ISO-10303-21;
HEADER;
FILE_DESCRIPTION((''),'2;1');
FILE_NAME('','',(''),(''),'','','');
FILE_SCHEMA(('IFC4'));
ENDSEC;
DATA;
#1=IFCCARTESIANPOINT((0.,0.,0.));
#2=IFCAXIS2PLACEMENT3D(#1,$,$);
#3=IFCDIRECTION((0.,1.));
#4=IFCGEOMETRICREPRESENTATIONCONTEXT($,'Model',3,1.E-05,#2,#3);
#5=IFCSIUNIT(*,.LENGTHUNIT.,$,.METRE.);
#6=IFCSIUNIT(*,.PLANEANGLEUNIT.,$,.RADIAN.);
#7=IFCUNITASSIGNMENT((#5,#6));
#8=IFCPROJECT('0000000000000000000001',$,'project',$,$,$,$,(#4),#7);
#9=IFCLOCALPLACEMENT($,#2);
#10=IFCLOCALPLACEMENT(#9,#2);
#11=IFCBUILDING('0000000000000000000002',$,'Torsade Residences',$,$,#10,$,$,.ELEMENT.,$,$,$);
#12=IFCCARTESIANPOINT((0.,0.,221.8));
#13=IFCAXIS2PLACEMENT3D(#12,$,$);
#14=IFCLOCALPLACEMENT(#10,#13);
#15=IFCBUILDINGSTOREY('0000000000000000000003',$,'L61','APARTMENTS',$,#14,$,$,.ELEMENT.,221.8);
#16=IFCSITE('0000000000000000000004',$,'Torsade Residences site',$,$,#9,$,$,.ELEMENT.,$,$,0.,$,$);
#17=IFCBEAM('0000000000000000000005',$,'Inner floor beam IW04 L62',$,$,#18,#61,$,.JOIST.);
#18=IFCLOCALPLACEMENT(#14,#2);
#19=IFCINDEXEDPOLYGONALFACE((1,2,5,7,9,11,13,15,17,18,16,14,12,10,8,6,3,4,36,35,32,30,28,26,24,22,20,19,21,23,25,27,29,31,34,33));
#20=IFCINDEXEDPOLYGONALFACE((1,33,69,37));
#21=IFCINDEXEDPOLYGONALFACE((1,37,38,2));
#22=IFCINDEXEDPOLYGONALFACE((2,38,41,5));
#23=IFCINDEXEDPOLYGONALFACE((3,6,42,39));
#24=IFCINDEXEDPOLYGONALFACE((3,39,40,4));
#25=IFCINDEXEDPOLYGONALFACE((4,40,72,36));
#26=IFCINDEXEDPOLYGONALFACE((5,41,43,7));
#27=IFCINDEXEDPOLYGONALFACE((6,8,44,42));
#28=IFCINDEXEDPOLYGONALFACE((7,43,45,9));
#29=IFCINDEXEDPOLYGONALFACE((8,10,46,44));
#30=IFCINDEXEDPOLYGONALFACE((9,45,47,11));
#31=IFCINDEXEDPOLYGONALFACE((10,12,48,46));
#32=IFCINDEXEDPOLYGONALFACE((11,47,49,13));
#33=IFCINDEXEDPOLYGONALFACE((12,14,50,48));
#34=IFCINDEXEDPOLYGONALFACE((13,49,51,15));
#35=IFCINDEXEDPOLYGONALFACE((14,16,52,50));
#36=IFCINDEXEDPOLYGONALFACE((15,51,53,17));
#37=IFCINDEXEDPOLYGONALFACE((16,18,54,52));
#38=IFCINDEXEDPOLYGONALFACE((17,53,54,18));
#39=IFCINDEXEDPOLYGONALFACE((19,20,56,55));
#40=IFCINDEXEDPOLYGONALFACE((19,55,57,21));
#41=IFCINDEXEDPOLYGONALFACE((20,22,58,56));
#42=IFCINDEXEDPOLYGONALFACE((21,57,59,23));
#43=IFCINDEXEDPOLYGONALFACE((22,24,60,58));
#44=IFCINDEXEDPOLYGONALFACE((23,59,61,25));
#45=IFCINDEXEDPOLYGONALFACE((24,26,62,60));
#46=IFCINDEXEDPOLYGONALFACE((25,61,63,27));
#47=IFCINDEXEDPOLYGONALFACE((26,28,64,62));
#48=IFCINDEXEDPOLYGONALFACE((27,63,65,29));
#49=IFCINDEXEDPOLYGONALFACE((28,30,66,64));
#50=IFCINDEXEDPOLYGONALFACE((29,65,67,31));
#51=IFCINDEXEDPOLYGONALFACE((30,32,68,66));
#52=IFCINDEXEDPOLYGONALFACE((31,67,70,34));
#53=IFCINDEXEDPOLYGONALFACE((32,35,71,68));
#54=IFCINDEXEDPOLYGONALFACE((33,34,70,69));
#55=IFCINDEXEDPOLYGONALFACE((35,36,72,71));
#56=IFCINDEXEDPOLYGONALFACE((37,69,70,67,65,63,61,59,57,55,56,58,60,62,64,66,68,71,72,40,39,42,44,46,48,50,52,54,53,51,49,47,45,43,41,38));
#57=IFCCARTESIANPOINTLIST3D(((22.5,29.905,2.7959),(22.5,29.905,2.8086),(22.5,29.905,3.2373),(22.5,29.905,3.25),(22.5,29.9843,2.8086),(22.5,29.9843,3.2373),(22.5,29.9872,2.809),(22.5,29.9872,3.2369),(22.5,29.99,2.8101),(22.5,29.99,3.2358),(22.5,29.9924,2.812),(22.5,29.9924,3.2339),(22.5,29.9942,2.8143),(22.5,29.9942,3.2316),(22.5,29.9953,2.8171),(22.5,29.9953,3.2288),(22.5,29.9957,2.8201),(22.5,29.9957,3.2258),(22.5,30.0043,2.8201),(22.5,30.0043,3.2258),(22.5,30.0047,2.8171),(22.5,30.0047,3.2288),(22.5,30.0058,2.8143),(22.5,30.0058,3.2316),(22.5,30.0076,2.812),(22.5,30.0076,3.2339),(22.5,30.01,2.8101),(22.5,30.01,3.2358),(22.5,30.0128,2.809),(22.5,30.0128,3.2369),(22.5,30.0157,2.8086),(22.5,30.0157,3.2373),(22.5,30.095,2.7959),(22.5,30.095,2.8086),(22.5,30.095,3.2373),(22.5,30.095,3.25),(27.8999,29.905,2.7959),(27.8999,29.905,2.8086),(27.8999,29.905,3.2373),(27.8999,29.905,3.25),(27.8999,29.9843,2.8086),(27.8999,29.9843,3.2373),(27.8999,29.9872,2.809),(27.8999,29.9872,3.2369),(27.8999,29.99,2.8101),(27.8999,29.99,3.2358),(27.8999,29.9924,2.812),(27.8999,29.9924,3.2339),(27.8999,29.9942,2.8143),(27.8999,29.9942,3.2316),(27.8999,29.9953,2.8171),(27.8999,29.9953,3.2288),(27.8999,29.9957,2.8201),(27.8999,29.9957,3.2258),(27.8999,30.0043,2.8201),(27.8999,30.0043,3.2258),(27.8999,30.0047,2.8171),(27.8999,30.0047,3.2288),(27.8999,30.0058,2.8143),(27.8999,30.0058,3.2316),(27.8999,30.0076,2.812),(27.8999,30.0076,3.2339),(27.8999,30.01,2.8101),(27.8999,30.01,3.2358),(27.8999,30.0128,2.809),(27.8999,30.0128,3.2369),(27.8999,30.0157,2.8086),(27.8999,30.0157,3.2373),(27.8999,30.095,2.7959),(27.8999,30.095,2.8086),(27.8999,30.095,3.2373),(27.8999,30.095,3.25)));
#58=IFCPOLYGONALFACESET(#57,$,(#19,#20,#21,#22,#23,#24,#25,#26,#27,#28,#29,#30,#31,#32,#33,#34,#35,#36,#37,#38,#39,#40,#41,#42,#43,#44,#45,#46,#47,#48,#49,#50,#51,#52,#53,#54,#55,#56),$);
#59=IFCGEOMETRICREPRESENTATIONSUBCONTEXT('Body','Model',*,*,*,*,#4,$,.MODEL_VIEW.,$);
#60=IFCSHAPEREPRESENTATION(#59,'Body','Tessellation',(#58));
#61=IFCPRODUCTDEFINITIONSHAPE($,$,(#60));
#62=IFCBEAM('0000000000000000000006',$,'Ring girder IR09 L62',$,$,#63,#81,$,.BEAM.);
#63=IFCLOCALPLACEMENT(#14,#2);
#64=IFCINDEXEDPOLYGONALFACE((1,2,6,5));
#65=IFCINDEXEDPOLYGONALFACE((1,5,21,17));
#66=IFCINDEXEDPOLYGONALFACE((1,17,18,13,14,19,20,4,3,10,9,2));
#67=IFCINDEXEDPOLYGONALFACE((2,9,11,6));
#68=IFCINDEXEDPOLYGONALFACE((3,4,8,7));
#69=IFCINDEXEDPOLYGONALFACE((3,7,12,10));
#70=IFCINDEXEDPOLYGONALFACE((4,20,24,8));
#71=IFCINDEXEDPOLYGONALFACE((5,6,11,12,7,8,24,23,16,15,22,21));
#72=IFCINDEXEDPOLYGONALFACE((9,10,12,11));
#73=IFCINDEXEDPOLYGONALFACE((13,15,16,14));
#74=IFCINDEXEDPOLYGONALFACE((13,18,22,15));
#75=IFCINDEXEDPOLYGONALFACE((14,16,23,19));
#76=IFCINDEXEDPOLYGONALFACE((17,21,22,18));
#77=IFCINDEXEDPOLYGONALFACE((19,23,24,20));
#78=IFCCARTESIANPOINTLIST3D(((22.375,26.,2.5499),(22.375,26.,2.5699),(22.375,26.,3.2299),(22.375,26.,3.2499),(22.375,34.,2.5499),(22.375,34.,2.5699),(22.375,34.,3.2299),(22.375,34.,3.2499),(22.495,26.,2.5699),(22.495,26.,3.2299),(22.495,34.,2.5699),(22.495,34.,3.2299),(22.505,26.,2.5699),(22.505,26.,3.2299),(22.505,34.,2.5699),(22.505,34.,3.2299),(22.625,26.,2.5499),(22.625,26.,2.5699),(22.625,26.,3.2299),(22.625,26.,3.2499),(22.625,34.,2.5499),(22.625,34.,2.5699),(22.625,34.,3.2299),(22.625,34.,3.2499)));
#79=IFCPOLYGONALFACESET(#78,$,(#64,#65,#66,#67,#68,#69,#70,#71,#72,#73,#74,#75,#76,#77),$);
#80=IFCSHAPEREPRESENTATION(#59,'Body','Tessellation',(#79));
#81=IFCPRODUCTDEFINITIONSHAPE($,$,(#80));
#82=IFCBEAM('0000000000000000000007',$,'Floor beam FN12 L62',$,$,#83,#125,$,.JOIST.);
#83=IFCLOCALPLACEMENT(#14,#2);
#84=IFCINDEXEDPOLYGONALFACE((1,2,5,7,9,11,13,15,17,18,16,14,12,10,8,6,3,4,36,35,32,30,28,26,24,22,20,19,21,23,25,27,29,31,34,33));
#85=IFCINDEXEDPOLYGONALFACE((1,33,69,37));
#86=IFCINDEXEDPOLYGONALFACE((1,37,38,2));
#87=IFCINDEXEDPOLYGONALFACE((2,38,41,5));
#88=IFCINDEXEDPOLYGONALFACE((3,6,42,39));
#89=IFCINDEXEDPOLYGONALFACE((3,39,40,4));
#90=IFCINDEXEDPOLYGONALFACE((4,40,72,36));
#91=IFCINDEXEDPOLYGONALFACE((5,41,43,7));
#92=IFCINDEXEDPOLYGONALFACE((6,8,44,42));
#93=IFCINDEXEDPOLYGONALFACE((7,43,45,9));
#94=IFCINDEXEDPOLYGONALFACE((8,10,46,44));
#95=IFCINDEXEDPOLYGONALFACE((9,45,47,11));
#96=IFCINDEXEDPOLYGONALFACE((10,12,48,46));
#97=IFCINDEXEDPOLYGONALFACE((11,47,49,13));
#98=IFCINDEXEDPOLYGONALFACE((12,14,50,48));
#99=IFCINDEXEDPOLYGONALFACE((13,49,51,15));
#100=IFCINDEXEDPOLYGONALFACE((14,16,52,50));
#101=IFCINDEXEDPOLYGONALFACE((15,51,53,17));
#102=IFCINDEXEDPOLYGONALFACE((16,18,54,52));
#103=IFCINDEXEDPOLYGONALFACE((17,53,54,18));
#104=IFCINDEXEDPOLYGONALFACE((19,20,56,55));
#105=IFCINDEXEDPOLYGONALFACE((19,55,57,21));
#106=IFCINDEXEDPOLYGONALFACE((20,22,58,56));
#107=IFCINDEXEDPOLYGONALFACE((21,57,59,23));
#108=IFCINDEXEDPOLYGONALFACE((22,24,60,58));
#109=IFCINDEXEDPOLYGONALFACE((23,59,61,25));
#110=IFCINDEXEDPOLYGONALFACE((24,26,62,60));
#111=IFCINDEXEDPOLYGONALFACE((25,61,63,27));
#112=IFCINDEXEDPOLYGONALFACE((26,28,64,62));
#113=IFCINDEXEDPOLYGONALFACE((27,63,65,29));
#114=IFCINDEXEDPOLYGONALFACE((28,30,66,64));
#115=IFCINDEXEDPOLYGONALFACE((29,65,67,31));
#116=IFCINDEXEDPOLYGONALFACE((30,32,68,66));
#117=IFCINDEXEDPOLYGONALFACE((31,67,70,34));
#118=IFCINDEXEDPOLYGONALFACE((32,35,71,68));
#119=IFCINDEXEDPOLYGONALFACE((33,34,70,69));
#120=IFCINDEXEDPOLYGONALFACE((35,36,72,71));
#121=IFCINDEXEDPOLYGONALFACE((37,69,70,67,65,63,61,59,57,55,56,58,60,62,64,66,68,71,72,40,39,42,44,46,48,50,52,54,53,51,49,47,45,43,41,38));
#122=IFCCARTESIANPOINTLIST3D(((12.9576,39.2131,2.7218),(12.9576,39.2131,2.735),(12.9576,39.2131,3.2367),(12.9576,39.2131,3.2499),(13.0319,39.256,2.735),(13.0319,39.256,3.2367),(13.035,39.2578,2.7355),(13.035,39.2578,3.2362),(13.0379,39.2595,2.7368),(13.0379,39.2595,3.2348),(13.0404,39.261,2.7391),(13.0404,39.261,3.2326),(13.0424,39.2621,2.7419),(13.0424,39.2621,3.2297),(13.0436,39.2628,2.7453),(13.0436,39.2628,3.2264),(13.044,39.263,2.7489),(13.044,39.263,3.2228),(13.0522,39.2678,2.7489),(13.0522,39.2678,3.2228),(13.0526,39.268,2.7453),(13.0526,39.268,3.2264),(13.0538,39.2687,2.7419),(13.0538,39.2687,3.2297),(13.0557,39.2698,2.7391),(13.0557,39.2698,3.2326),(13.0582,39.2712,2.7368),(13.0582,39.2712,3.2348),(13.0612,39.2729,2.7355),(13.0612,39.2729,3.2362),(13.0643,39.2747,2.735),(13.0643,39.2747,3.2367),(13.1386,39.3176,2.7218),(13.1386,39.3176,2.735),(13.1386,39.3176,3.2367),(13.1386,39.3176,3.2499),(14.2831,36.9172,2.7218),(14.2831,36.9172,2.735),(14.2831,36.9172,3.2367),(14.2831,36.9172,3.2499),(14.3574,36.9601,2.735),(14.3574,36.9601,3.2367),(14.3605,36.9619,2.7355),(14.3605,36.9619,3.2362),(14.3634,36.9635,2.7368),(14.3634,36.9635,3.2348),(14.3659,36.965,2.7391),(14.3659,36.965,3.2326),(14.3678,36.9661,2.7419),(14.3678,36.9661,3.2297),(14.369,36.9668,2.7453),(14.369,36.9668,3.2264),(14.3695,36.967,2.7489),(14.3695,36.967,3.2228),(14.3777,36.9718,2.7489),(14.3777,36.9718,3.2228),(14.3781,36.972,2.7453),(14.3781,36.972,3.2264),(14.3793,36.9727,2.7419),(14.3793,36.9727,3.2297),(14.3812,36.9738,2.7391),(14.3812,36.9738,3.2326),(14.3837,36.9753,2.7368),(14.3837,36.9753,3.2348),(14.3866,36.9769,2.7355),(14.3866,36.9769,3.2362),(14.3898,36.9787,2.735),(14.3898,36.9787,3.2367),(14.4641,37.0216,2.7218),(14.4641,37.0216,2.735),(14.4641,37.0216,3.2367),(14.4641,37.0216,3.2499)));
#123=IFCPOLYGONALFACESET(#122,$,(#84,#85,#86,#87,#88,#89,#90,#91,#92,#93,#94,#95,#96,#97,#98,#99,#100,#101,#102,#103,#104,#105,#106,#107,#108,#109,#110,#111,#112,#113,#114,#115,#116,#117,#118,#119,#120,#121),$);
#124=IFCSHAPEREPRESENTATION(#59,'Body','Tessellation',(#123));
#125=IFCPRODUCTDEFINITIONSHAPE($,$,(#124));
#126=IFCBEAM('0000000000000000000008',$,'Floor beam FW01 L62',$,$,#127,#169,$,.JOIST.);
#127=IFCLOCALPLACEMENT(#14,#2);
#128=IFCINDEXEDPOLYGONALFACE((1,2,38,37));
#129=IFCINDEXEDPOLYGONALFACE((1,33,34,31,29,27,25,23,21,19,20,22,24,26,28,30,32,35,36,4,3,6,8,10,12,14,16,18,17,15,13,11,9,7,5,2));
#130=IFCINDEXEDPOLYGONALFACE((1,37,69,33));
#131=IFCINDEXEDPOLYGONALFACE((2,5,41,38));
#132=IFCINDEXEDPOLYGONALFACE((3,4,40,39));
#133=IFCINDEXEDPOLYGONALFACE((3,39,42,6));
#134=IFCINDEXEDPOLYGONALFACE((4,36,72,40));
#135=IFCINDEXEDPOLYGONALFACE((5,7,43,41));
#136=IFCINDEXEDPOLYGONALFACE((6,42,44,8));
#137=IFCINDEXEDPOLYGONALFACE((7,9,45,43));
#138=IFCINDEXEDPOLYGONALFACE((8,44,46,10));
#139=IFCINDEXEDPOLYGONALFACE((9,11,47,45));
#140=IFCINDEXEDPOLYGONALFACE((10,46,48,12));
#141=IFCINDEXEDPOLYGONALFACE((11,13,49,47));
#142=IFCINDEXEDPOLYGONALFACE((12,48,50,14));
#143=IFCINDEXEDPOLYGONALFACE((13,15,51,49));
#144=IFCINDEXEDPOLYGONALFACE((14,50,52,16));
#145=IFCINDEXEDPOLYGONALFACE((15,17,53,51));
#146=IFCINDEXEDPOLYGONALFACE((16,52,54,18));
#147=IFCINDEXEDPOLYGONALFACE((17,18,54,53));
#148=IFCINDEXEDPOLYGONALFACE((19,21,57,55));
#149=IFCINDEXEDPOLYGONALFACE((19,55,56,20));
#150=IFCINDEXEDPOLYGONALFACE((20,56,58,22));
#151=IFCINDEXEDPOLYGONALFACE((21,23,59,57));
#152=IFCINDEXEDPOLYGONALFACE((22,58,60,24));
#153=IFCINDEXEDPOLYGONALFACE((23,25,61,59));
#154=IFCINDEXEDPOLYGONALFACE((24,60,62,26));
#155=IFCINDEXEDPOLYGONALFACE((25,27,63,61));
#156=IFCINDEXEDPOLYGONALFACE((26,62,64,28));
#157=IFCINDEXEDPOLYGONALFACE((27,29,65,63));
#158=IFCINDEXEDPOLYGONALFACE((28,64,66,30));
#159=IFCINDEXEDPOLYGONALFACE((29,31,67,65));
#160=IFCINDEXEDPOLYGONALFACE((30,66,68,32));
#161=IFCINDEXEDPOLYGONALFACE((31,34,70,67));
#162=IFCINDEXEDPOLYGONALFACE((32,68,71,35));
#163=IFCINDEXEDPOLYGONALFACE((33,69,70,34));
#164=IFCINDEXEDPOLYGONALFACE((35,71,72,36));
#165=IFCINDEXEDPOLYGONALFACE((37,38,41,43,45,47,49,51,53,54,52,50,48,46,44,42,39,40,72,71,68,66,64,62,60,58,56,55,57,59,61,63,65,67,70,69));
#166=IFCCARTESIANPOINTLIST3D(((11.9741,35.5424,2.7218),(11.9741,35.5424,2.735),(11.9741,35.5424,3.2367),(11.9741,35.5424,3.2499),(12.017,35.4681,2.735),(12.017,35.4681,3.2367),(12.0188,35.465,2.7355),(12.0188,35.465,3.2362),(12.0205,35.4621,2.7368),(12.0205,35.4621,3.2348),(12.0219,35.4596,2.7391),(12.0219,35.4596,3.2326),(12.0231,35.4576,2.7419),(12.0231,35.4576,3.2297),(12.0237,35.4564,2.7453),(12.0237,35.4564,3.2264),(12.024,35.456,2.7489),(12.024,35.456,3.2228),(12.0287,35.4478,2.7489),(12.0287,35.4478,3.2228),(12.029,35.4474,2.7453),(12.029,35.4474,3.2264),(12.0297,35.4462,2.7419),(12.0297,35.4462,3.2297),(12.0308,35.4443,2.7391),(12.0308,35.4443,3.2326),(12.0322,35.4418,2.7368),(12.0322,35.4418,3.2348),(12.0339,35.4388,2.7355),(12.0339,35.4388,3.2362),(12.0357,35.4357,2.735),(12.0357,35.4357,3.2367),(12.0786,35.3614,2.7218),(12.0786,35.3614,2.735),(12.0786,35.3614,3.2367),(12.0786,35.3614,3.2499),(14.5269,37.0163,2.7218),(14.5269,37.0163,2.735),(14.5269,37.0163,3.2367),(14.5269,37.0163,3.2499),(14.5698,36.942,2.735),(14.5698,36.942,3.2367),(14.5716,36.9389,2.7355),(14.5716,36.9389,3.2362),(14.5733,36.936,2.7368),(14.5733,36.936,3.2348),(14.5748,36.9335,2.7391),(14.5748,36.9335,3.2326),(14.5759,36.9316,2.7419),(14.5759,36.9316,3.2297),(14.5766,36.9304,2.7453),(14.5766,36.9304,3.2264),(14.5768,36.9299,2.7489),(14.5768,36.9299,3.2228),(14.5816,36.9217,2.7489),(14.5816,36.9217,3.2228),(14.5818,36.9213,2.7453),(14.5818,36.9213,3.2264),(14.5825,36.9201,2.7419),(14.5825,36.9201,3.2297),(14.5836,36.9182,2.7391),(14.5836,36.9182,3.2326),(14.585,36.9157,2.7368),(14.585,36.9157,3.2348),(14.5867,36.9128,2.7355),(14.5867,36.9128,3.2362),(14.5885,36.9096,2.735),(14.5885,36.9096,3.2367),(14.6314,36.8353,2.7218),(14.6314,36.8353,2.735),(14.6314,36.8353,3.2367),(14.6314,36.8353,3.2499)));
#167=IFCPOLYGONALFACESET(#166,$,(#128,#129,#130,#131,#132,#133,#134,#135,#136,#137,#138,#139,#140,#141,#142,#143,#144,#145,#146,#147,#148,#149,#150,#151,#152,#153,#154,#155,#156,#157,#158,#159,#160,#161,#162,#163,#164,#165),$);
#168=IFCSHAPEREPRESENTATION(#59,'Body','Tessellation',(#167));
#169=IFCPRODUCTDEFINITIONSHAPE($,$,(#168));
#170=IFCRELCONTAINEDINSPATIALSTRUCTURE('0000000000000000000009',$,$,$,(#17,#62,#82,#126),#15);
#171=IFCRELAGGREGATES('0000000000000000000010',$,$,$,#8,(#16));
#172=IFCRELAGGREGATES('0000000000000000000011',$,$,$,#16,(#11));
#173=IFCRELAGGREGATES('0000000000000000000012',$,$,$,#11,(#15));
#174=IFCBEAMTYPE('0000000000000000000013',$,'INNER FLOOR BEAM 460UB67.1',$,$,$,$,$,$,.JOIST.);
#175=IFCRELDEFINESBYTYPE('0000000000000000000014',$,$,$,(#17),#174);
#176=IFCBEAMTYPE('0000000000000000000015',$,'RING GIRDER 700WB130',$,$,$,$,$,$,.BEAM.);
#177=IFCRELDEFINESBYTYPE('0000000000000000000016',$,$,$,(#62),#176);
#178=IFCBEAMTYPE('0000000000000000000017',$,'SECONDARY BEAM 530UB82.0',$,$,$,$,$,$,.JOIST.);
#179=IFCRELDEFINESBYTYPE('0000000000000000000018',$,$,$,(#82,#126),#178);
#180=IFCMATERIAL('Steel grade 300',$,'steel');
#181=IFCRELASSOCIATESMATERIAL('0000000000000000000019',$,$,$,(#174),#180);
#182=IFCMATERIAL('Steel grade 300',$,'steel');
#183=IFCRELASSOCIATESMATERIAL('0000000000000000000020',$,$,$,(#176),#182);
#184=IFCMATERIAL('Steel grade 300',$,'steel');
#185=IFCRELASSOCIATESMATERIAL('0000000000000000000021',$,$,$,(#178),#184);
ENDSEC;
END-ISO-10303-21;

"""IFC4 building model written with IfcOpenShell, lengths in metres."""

from ifc_helpers import new_model, si_unit, direction, frame, origin, origin_2d, place, context, subcontext, project, spatial, i_section, extrude, material, material_profile, profile_set, type_object, element, save


model = new_model("IFC4")

# Units and contexts
model_context = context("Model", 3, precision=1e-05, world=origin(), true_north=direction((0.0, 1.0)))
body_context = subcontext(model_context, "Body", "Model", "MODEL_VIEW")
ifc_project = project(units=[si_unit("LENGTHUNIT", "METRE"), si_unit("PLANEANGLEUNIT", "RADIAN")], contexts=[model_context])

# Site, building, storey
site_placement = place(None, origin())
site = spatial("IfcSite", under=ifc_project, at=site_placement, Name="Torsade Residences site", CompositionType="ELEMENT", RefElevation=0.0)
building_placement = place(site_placement, origin())
building = spatial("IfcBuilding", under=site, at=building_placement, Name="Torsade Residences", CompositionType="ELEMENT")
storey_placement = place(building_placement, frame((0.0, 0.0, 221.8)))
storey = spatial("IfcBuildingStorey", under=building, at=storey_placement, Name="L61", Description="APARTMENTS", CompositionType="ELEMENT", Elevation=221.8)

# Beams
ifc_material_1 = material(Name="Steel grade 300", Category="steel")
ifc_material_profile_1 = material_profile(ifc_material_1, i_section(OverallWidth=0.1899, OverallDepth=0.4541, WebThickness=0.0085, FlangeThickness=0.0127, FilletRadius=0.0115, at=origin_2d()), Name="460UB67.1")
ifc_profile_set_1 = profile_set([ifc_material_profile_1], Name="Steel grade 300")
beam_type_1 = type_object("IfcBeamType", Name="INNER FLOOR BEAM 460UB67.1", PredefinedType="JOIST", material=ifc_profile_set_1)
for number, where, z_axis, x_axis, name in (
    (1, (27.8999, 30.0, 3.0229), (-1.0, 0.0, 0.0), (0.0, -1.0, 0.0), "Inner floor beam IW04 L62"),
):
    element("IfcBeam", number, at=place(storey_placement, frame(where, z_axis=z_axis, x_axis=x_axis)), inside=storey, type_object=beam_type_1, Name=name, PredefinedType="JOIST", context=body_context, shape_type="SweptSolid", body=[
        extrude(i_section(OverallWidth=0.1899, OverallDepth=0.4541, WebThickness=0.0085, FlangeThickness=0.0127, FilletRadius=0.0115, at=origin_2d()), origin(), (0.0, 0.0, 1.0), 5.3999),
    ])
ifc_material_2 = material(Name="Steel grade 300", Category="steel")
ifc_material_profile_2 = material_profile(ifc_material_2, i_section(OverallWidth=0.25, OverallDepth=0.7, WebThickness=0.01, FlangeThickness=0.02, at=origin_2d()), Name="700WB130")
ifc_profile_set_2 = profile_set([ifc_material_profile_2], Name="Steel grade 300")
beam_type_2 = type_object("IfcBeamType", Name="RING GIRDER 700WB130", PredefinedType="BEAM", material=ifc_profile_set_2)
beam_1_placement = place(storey_placement, frame((22.5, 34.0, 2.8999), z_axis=(0.0, -1.0, 0.0), x_axis=(1.0, 0.0, 0.0)))
element("IfcBeam", 2, at=beam_1_placement, inside=storey, type_object=beam_type_2, Name="Ring girder IR09 L62", PredefinedType="BEAM", context=body_context, shape_type="SweptSolid", body=[
    extrude(i_section(OverallWidth=0.25, OverallDepth=0.7, WebThickness=0.01, FlangeThickness=0.02, at=origin_2d()), origin(), (0.0, 0.0, 1.0), 8.0),
])
ifc_material_3 = material(Name="Steel grade 300", Category="steel")
ifc_material_profile_3 = material_profile(ifc_material_3, i_section(OverallWidth=0.209, OverallDepth=0.5281, WebThickness=0.0095, FlangeThickness=0.0132, FilletRadius=0.0139, at=origin_2d()), Name="530UB82.0")
ifc_profile_set_3 = profile_set([ifc_material_profile_3], Name="Steel grade 300")
beam_type_3 = type_object("IfcBeamType", Name="SECONDARY BEAM 530UB82.0", PredefinedType="JOIST", material=ifc_profile_set_3)
beam_2_placement = place(storey_placement, frame((13.0481, 39.2654, 2.9858), z_axis=(0.499972, -0.866041, 0.0), x_axis=(0.866041, 0.499972, 0.0)))
element("IfcBeam", 3, at=beam_2_placement, inside=storey, type_object=beam_type_3, Name="Floor beam FN12 L62", PredefinedType="JOIST", context=body_context, shape_type="SweptSolid", body=[
    extrude(i_section(OverallWidth=0.209, OverallDepth=0.5281, WebThickness=0.0095, FlangeThickness=0.0132, FilletRadius=0.0139, at=origin_2d()), origin(), (0.0, 0.0, 1.0), 2.6511),
])
beam_3_placement = place(storey_placement, frame((12.0264, 35.4519, 2.9858), z_axis=(0.866017, 0.500014, 0.0), x_axis=(-0.500014, 0.866017, 0.0)))
element("IfcBeam", 4, at=beam_3_placement, inside=storey, type_object=beam_type_3, Name="Floor beam FW01 L62", PredefinedType="JOIST", context=body_context, shape_type="SweptSolid", body=[
    extrude(i_section(OverallWidth=0.209, OverallDepth=0.5281, WebThickness=0.0095, FlangeThickness=0.0132, FilletRadius=0.0139, at=origin_2d()), origin(), (0.0, 0.0, 1.0), 2.9478),
])

save(model, "model.ifc")
